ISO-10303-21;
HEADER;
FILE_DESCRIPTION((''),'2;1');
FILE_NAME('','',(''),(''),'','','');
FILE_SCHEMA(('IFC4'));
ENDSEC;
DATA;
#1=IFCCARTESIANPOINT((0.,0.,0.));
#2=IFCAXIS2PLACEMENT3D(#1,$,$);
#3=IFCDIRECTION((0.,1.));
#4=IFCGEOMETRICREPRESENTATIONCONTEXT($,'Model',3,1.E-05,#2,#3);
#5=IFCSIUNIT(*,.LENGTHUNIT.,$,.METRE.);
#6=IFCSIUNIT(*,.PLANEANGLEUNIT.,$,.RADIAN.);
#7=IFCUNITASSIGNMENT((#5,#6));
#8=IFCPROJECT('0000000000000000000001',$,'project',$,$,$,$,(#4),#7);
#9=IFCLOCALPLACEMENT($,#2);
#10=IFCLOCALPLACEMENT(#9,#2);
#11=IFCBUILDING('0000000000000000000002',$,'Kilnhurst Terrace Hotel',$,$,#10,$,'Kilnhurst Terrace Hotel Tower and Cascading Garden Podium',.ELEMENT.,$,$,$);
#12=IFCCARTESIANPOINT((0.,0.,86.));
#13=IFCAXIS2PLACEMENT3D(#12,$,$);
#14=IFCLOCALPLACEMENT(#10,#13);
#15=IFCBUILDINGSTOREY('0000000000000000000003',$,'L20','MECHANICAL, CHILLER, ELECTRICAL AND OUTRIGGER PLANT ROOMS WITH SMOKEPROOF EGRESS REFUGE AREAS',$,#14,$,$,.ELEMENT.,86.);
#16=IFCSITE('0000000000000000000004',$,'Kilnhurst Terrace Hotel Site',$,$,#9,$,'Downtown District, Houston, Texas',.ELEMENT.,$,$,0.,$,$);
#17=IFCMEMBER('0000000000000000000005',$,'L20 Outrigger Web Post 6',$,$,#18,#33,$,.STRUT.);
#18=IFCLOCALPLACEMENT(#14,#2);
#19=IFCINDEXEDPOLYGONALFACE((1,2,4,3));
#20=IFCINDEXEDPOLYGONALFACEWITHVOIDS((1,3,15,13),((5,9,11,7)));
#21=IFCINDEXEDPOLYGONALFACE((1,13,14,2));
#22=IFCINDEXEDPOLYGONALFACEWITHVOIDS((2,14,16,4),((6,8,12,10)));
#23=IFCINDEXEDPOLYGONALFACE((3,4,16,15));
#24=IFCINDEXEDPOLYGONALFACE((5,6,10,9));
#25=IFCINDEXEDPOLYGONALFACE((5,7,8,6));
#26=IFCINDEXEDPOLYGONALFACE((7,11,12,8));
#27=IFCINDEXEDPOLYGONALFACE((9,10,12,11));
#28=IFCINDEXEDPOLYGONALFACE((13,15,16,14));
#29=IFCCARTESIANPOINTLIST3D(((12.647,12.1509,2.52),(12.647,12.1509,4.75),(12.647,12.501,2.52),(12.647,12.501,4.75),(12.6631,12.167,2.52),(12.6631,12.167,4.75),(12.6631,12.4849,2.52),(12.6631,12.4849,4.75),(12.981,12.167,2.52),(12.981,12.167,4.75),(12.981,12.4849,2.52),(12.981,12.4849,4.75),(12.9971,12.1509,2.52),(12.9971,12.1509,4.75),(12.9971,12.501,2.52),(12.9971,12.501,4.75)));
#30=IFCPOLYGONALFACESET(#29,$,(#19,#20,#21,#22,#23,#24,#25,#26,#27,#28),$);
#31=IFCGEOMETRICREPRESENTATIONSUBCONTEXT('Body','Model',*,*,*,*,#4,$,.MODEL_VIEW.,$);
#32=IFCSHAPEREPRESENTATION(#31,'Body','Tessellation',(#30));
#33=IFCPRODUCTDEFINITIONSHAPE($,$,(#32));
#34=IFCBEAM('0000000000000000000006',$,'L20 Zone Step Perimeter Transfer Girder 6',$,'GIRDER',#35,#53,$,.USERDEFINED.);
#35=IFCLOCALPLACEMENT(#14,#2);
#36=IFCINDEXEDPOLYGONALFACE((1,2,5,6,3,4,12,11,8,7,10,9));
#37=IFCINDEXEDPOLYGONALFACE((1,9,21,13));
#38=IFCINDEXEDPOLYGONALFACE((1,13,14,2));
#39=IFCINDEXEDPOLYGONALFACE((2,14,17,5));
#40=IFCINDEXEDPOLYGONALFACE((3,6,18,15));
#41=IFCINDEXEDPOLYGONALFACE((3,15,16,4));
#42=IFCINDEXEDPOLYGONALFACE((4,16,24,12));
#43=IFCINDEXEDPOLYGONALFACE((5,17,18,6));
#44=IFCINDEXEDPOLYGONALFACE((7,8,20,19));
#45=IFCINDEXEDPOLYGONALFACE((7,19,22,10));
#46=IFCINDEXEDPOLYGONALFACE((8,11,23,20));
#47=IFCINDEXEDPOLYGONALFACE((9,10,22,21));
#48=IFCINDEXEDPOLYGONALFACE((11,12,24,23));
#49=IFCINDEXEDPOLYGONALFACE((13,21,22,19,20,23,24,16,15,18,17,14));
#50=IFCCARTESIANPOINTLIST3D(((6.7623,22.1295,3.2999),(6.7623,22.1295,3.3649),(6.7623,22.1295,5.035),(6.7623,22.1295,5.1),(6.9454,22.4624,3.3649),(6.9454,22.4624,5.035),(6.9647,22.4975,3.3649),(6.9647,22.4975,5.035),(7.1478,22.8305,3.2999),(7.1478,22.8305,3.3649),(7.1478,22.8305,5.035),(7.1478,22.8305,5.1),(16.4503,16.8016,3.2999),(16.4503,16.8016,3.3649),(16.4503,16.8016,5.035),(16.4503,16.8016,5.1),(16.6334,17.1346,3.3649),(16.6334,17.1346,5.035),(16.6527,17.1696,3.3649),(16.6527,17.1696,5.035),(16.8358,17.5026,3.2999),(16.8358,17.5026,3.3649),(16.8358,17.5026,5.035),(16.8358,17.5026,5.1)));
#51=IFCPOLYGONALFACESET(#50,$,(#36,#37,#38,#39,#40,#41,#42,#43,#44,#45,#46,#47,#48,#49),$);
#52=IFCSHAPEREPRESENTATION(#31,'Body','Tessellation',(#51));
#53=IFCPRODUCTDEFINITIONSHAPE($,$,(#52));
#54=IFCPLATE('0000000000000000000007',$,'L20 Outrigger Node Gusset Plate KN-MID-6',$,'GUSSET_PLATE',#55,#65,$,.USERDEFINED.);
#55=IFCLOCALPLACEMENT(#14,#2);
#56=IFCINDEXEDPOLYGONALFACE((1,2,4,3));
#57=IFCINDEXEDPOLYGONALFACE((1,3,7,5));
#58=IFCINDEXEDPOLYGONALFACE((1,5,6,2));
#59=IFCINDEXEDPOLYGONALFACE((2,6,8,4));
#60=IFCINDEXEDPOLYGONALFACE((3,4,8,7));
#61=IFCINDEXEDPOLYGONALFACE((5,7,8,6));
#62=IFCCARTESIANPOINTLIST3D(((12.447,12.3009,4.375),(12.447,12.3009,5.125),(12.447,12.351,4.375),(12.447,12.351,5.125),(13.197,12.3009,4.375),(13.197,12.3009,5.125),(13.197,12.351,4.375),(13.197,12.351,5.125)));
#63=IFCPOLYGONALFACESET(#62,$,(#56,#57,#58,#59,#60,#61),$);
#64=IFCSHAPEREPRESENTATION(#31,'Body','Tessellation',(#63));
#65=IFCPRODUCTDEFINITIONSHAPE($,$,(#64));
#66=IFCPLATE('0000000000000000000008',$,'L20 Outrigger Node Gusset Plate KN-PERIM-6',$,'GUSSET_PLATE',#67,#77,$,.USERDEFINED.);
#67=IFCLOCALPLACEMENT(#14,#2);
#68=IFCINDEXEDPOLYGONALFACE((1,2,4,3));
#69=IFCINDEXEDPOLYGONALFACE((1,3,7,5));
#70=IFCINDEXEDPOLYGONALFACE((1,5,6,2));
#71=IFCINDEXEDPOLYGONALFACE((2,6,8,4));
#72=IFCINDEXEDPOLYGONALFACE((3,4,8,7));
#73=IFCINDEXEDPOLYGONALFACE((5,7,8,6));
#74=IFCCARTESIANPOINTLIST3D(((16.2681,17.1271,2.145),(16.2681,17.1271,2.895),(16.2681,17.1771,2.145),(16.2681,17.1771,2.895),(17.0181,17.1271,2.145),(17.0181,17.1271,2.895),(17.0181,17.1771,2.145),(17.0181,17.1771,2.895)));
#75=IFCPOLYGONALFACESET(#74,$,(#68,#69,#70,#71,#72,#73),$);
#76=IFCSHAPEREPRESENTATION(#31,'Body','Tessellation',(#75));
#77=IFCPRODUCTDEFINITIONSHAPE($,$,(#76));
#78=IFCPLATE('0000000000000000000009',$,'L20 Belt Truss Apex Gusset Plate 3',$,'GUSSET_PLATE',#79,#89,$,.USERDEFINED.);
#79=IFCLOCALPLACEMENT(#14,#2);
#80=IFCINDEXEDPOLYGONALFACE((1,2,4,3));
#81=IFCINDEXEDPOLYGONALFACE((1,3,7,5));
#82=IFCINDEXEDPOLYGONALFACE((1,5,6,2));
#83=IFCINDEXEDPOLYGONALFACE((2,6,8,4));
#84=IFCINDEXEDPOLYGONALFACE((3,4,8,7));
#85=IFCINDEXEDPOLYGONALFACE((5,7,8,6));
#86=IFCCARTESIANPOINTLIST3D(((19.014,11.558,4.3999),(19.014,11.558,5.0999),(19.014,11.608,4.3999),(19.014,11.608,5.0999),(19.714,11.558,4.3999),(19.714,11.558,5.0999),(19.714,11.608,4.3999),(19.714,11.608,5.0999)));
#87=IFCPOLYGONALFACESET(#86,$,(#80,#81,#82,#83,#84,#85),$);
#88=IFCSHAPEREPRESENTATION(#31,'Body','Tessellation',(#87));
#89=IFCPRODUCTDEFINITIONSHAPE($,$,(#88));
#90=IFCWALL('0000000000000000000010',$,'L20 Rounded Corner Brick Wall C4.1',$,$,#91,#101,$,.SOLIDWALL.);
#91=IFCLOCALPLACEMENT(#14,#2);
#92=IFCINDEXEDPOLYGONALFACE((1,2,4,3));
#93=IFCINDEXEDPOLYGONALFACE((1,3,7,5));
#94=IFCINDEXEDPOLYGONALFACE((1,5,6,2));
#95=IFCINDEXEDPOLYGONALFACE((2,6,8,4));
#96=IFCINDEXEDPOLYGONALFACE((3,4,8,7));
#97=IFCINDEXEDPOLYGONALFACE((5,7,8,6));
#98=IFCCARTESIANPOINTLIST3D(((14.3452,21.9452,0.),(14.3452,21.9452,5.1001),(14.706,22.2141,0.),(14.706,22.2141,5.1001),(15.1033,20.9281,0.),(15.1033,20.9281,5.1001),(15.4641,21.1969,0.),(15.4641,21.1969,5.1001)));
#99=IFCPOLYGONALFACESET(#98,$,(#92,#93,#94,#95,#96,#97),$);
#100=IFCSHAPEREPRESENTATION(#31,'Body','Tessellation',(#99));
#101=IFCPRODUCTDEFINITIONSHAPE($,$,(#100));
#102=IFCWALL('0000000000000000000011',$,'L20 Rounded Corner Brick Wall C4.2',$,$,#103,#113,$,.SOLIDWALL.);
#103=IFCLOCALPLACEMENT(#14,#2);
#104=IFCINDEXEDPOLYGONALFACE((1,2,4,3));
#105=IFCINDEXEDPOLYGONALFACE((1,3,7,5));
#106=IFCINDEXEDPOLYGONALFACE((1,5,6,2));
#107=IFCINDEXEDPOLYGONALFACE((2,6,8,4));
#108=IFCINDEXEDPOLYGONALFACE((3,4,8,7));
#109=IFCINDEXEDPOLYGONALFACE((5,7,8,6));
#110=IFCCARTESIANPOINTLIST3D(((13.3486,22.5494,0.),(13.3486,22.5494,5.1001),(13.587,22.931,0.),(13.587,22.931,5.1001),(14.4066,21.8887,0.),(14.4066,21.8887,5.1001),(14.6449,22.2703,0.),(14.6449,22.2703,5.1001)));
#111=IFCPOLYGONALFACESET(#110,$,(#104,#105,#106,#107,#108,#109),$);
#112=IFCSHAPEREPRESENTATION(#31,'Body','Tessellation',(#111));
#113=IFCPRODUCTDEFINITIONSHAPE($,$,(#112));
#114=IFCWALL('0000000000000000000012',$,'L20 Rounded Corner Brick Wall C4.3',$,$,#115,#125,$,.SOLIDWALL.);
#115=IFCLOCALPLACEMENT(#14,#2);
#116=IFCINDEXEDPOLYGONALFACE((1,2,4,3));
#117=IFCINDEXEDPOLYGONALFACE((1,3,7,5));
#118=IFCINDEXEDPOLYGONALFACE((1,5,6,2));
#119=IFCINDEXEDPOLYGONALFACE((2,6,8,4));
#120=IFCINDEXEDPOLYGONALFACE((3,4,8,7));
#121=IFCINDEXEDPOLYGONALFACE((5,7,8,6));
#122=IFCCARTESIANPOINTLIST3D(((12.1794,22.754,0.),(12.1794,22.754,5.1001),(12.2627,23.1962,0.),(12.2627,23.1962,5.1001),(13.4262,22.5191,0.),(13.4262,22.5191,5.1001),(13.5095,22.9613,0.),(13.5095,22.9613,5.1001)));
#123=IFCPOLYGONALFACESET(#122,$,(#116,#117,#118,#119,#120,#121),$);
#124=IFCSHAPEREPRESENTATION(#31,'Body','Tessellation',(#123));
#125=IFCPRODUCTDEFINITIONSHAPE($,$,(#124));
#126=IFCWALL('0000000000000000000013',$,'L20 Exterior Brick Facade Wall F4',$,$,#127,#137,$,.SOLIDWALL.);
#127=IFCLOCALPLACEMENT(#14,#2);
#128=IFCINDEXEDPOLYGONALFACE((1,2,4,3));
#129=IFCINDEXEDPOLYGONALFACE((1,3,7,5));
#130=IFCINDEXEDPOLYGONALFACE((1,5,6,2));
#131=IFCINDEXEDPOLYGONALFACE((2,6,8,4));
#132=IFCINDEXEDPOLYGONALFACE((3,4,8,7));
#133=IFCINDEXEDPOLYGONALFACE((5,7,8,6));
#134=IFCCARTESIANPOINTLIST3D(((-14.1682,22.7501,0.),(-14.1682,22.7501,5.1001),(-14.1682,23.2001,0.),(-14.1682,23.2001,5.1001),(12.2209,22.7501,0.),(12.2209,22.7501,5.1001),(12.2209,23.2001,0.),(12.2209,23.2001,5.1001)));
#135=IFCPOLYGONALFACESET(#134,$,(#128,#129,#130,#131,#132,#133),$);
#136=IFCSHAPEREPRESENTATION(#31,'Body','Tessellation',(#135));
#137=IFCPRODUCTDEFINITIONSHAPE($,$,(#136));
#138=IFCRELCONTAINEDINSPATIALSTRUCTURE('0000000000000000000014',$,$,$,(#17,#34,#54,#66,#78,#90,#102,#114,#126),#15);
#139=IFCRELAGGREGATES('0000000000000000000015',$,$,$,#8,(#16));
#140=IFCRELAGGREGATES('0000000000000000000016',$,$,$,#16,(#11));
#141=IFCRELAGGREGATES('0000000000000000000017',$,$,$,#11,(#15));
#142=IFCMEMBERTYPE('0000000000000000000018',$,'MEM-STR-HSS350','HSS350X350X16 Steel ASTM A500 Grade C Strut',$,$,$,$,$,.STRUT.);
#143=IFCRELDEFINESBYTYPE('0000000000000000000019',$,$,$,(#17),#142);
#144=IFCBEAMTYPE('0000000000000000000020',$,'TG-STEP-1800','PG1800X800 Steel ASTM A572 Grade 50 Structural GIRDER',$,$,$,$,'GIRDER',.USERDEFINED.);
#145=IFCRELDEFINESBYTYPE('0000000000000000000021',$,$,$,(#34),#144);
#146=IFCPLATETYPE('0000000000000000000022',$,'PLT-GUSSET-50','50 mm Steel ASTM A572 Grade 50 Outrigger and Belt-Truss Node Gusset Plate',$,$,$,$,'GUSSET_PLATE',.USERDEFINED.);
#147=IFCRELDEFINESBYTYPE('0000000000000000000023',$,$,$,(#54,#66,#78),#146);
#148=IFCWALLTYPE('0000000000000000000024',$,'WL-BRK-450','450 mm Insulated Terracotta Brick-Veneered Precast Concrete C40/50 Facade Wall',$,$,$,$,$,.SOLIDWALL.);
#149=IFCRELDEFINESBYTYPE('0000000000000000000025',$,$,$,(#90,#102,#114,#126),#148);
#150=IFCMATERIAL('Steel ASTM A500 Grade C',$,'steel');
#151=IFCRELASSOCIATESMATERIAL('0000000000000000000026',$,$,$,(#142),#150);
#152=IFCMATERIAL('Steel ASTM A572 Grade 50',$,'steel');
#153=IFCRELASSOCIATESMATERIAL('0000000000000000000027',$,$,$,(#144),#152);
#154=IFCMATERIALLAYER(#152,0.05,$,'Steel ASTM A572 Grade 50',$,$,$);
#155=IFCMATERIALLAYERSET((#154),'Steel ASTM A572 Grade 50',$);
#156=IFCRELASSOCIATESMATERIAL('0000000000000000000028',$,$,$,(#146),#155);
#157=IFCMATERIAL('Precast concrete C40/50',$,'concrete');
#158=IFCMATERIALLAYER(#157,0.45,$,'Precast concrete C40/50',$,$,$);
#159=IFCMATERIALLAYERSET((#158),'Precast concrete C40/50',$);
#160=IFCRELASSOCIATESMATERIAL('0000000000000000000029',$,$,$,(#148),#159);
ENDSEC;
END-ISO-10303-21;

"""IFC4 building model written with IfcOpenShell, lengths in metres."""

from ifc_helpers import new_model, si_unit, direction, frame, frame_2d, origin, origin_2d, place, context, subcontext, project, spatial, rectangle, hollow_rectangle, i_section, extrude, material, layer, layer_set, material_profile, profile_set, type_object, element, save


model = new_model("IFC4")

# Units and contexts
model_context = context("Model", 3, precision=1e-05, world=origin(), true_north=direction((0.0, 1.0)))
body_context = subcontext(model_context, "Body", "Model", "MODEL_VIEW")
ifc_project = project(units=[si_unit("LENGTHUNIT", "METRE"), si_unit("PLANEANGLEUNIT", "RADIAN")], contexts=[model_context])

# Site, building, storey
site_placement = place(None, origin())
site = spatial("IfcSite", under=ifc_project, at=site_placement, Name="Kilnhurst Terrace Hotel Site", LongName="Downtown District, Houston, Texas", CompositionType="ELEMENT", RefElevation=0.0)
building_placement = place(site_placement, origin())
building = spatial("IfcBuilding", under=site, at=building_placement, Name="Kilnhurst Terrace Hotel", LongName="Kilnhurst Terrace Hotel Tower and Cascading Garden Podium", CompositionType="ELEMENT")
storey_placement = place(building_placement, frame((0.0, 0.0, 86.0)))
storey = spatial("IfcBuildingStorey", under=building, at=storey_placement, Name="L20", Description="MECHANICAL, CHILLER, ELECTRICAL AND OUTRIGGER PLANT ROOMS WITH SMOKEPROOF EGRESS REFUGE AREAS", CompositionType="ELEMENT", Elevation=86.0)

# Member
ifc_material_1 = material(Name="Steel ASTM A500 Grade C", Category="steel")
ifc_material_profile_1 = material_profile(ifc_material_1, hollow_rectangle(XDim=0.3501, YDim=0.3501, WallThickness=0.0161, at=origin_2d()), Name="HSS350X350X16")
ifc_profile_set_1 = profile_set([ifc_material_profile_1], Name="Steel ASTM A500 Grade C")
member_type_1 = type_object("IfcMemberType", Name="MEM-STR-HSS350", Description="HSS350X350X16 Steel ASTM A500 Grade C Strut", PredefinedType="STRUT", material=ifc_profile_set_1)
member_1_placement = place(storey_placement, frame((12.822, 12.3259, 2.52), z_axis=(0.0, 0.0, 1.0), x_axis=(1.0, 0.0, 0.0)))
element("IfcMember", 1, at=member_1_placement, inside=storey, type_object=member_type_1, Name="L20 Outrigger Web Post 6", PredefinedType="STRUT", context=body_context, shape_type="SweptSolid", body=[
    extrude(hollow_rectangle(XDim=0.3501, YDim=0.3501, WallThickness=0.0161, at=origin_2d()), origin(), (0.0, 0.0, 1.0), 2.23),
])

# Beam
ifc_material_2 = material(Name="Steel ASTM A572 Grade 50", Category="steel")
ifc_material_profile_2 = material_profile(ifc_material_2, i_section(OverallWidth=0.8, OverallDepth=1.8, WebThickness=0.04, FlangeThickness=0.0649, at=origin_2d()), Name="PG1800X800")
ifc_profile_set_2 = profile_set([ifc_material_profile_2], Name="Steel ASTM A572 Grade 50")
beam_type_1 = type_object("IfcBeamType", Name="TG-STEP-1800", Description="PG1800X800 Steel ASTM A572 Grade 50 Structural GIRDER", ElementType="GIRDER", PredefinedType="USERDEFINED", material=ifc_profile_set_2)
beam_1_placement = place(storey_placement, frame((16.6431, 17.1521, 4.2), z_axis=(-0.876235, 0.481883, 0.0), x_axis=(-0.481883, -0.876235, 0.0)))
element("IfcBeam", 2, at=beam_1_placement, inside=storey, type_object=beam_type_1, Name="L20 Zone Step Perimeter Transfer Girder 6", ObjectType="GIRDER", PredefinedType="USERDEFINED", context=body_context, shape_type="SweptSolid", body=[
    extrude(i_section(OverallWidth=0.8, OverallDepth=1.8, WebThickness=0.04, FlangeThickness=0.0649, at=origin_2d()), origin(), (0.0, 0.0, 1.0), 11.0564),
])

# Plates
ifc_layer_1 = layer(ifc_material_2, 0.05, Name="Steel ASTM A572 Grade 50")
ifc_layer_set_1 = layer_set([ifc_layer_1], Name="Steel ASTM A572 Grade 50")
plate_type = type_object("IfcPlateType", Name="PLT-GUSSET-50", Description="50 mm Steel ASTM A572 Grade 50 Outrigger and Belt-Truss Node Gusset Plate", ElementType="GUSSET_PLATE", PredefinedType="USERDEFINED", material=ifc_layer_set_1)
for number, where, z_axis, x_axis, name in (
    (3, (12.822, 12.3259, 4.375), (0.0, 0.0, 1.0), (1.0, 0.0, 0.0), "L20 Outrigger Node Gusset Plate KN-MID-6"),
    (4, (16.6431, 17.1521, 2.145), (0.0, 0.0, 1.0), (1.0, 0.0, 0.0), "L20 Outrigger Node Gusset Plate KN-PERIM-6"),
):
    element("IfcPlate", number, at=place(storey_placement, frame(where, z_axis=z_axis, x_axis=x_axis)), inside=storey, type_object=plate_type, Name=name, ObjectType="GUSSET_PLATE", PredefinedType="USERDEFINED", context=body_context, shape_type="SweptSolid", body=[
        extrude(rectangle(XDim=0.75, YDim=0.05, at=origin_2d()), origin(), (0.0, 0.0, 1.0), 0.75),
    ])
plate_placement = place(storey_placement, frame((19.364, 11.583, 4.3999), z_axis=(0.0, 0.0, 1.0), x_axis=(1.0, 0.0, 0.0)))
element("IfcPlate", 5, at=plate_placement, inside=storey, type_object=plate_type, Name="L20 Belt Truss Apex Gusset Plate 3", ObjectType="GUSSET_PLATE", PredefinedType="USERDEFINED", context=body_context, shape_type="SweptSolid", body=[
    extrude(rectangle(XDim=0.7, YDim=0.05, at=origin_2d()), origin(), (0.0, 0.0, 1.0), 0.7),
])

# Walls
ifc_material_3 = material(Name="Precast concrete C40/50", Category="concrete")
ifc_layer_2 = layer(ifc_material_3, 0.45, Name="Precast concrete C40/50")
ifc_layer_set_2 = layer_set([ifc_layer_2], Name="Precast concrete C40/50")
wall_type_1 = type_object("IfcWallType", Name="WL-BRK-450", Description="450 mm Insulated Terracotta Brick-Veneered Precast Concrete C40/50 Facade Wall", PredefinedType="SOLIDWALL", material=ifc_layer_set_2)
wall_1_placement = place(storey_placement, frame((15.2837, 21.0625, 0.0), z_axis=(0.0, 0.0, 1.0), x_axis=(-0.597595, 0.801798, 0.0)))
element("IfcWall", 6, at=wall_1_placement, inside=storey, type_object=wall_type_1, Name="L20 Rounded Corner Brick Wall C4.1", PredefinedType="SOLIDWALL", context=body_context, shape_type="SweptSolid", body=[
    extrude(rectangle(XDim=1.2686, YDim=0.45, at=frame_2d((0.6343, 0.0))), origin(), (0.0, 0.0, 1.0), 5.1001),
])
wall_2_placement = place(storey_placement, frame((14.5256, 22.0796, 0.0), z_axis=(0.0, 0.0, 1.0), x_axis=(-0.848185, 0.5297, 0.0)))
element("IfcWall", 7, at=wall_2_placement, inside=storey, type_object=wall_type_1, Name="L20 Rounded Corner Brick Wall C4.2", PredefinedType="SOLIDWALL", context=body_context, shape_type="SweptSolid", body=[
    extrude(rectangle(XDim=1.2473, YDim=0.45, at=frame_2d((0.6235, 0.0))), origin(), (0.0, 0.0, 1.0), 5.1001),
])
wall_3_placement = place(storey_placement, frame((13.4678, 22.7402, 0.0), z_axis=(0.0, 0.0, 1.0), x_axis=(-0.982717, 0.185113, 0.0)))
element("IfcWall", 8, at=wall_3_placement, inside=storey, type_object=wall_type_1, Name="L20 Rounded Corner Brick Wall C4.3", PredefinedType="SOLIDWALL", context=body_context, shape_type="SweptSolid", body=[
    extrude(rectangle(XDim=1.2688, YDim=0.45, at=frame_2d((0.6343, 0.0))), origin(), (0.0, 0.0, 1.0), 5.1001),
])
wall_4_placement = place(storey_placement, frame((12.2209, 22.9751, 0.0), z_axis=(0.0, 0.0, 1.0), x_axis=(-1.0, 0.0, 0.0)))
element("IfcWall", 9, at=wall_4_placement, inside=storey, type_object=wall_type_1, Name="L20 Exterior Brick Facade Wall F4", PredefinedType="SOLIDWALL", context=body_context, shape_type="SweptSolid", body=[
    extrude(rectangle(XDim=26.3892, YDim=0.45, at=frame_2d((13.1946, 0.0))), origin(), (0.0, 0.0, 1.0), 5.1001),
])

save(model, "model.ifc")
